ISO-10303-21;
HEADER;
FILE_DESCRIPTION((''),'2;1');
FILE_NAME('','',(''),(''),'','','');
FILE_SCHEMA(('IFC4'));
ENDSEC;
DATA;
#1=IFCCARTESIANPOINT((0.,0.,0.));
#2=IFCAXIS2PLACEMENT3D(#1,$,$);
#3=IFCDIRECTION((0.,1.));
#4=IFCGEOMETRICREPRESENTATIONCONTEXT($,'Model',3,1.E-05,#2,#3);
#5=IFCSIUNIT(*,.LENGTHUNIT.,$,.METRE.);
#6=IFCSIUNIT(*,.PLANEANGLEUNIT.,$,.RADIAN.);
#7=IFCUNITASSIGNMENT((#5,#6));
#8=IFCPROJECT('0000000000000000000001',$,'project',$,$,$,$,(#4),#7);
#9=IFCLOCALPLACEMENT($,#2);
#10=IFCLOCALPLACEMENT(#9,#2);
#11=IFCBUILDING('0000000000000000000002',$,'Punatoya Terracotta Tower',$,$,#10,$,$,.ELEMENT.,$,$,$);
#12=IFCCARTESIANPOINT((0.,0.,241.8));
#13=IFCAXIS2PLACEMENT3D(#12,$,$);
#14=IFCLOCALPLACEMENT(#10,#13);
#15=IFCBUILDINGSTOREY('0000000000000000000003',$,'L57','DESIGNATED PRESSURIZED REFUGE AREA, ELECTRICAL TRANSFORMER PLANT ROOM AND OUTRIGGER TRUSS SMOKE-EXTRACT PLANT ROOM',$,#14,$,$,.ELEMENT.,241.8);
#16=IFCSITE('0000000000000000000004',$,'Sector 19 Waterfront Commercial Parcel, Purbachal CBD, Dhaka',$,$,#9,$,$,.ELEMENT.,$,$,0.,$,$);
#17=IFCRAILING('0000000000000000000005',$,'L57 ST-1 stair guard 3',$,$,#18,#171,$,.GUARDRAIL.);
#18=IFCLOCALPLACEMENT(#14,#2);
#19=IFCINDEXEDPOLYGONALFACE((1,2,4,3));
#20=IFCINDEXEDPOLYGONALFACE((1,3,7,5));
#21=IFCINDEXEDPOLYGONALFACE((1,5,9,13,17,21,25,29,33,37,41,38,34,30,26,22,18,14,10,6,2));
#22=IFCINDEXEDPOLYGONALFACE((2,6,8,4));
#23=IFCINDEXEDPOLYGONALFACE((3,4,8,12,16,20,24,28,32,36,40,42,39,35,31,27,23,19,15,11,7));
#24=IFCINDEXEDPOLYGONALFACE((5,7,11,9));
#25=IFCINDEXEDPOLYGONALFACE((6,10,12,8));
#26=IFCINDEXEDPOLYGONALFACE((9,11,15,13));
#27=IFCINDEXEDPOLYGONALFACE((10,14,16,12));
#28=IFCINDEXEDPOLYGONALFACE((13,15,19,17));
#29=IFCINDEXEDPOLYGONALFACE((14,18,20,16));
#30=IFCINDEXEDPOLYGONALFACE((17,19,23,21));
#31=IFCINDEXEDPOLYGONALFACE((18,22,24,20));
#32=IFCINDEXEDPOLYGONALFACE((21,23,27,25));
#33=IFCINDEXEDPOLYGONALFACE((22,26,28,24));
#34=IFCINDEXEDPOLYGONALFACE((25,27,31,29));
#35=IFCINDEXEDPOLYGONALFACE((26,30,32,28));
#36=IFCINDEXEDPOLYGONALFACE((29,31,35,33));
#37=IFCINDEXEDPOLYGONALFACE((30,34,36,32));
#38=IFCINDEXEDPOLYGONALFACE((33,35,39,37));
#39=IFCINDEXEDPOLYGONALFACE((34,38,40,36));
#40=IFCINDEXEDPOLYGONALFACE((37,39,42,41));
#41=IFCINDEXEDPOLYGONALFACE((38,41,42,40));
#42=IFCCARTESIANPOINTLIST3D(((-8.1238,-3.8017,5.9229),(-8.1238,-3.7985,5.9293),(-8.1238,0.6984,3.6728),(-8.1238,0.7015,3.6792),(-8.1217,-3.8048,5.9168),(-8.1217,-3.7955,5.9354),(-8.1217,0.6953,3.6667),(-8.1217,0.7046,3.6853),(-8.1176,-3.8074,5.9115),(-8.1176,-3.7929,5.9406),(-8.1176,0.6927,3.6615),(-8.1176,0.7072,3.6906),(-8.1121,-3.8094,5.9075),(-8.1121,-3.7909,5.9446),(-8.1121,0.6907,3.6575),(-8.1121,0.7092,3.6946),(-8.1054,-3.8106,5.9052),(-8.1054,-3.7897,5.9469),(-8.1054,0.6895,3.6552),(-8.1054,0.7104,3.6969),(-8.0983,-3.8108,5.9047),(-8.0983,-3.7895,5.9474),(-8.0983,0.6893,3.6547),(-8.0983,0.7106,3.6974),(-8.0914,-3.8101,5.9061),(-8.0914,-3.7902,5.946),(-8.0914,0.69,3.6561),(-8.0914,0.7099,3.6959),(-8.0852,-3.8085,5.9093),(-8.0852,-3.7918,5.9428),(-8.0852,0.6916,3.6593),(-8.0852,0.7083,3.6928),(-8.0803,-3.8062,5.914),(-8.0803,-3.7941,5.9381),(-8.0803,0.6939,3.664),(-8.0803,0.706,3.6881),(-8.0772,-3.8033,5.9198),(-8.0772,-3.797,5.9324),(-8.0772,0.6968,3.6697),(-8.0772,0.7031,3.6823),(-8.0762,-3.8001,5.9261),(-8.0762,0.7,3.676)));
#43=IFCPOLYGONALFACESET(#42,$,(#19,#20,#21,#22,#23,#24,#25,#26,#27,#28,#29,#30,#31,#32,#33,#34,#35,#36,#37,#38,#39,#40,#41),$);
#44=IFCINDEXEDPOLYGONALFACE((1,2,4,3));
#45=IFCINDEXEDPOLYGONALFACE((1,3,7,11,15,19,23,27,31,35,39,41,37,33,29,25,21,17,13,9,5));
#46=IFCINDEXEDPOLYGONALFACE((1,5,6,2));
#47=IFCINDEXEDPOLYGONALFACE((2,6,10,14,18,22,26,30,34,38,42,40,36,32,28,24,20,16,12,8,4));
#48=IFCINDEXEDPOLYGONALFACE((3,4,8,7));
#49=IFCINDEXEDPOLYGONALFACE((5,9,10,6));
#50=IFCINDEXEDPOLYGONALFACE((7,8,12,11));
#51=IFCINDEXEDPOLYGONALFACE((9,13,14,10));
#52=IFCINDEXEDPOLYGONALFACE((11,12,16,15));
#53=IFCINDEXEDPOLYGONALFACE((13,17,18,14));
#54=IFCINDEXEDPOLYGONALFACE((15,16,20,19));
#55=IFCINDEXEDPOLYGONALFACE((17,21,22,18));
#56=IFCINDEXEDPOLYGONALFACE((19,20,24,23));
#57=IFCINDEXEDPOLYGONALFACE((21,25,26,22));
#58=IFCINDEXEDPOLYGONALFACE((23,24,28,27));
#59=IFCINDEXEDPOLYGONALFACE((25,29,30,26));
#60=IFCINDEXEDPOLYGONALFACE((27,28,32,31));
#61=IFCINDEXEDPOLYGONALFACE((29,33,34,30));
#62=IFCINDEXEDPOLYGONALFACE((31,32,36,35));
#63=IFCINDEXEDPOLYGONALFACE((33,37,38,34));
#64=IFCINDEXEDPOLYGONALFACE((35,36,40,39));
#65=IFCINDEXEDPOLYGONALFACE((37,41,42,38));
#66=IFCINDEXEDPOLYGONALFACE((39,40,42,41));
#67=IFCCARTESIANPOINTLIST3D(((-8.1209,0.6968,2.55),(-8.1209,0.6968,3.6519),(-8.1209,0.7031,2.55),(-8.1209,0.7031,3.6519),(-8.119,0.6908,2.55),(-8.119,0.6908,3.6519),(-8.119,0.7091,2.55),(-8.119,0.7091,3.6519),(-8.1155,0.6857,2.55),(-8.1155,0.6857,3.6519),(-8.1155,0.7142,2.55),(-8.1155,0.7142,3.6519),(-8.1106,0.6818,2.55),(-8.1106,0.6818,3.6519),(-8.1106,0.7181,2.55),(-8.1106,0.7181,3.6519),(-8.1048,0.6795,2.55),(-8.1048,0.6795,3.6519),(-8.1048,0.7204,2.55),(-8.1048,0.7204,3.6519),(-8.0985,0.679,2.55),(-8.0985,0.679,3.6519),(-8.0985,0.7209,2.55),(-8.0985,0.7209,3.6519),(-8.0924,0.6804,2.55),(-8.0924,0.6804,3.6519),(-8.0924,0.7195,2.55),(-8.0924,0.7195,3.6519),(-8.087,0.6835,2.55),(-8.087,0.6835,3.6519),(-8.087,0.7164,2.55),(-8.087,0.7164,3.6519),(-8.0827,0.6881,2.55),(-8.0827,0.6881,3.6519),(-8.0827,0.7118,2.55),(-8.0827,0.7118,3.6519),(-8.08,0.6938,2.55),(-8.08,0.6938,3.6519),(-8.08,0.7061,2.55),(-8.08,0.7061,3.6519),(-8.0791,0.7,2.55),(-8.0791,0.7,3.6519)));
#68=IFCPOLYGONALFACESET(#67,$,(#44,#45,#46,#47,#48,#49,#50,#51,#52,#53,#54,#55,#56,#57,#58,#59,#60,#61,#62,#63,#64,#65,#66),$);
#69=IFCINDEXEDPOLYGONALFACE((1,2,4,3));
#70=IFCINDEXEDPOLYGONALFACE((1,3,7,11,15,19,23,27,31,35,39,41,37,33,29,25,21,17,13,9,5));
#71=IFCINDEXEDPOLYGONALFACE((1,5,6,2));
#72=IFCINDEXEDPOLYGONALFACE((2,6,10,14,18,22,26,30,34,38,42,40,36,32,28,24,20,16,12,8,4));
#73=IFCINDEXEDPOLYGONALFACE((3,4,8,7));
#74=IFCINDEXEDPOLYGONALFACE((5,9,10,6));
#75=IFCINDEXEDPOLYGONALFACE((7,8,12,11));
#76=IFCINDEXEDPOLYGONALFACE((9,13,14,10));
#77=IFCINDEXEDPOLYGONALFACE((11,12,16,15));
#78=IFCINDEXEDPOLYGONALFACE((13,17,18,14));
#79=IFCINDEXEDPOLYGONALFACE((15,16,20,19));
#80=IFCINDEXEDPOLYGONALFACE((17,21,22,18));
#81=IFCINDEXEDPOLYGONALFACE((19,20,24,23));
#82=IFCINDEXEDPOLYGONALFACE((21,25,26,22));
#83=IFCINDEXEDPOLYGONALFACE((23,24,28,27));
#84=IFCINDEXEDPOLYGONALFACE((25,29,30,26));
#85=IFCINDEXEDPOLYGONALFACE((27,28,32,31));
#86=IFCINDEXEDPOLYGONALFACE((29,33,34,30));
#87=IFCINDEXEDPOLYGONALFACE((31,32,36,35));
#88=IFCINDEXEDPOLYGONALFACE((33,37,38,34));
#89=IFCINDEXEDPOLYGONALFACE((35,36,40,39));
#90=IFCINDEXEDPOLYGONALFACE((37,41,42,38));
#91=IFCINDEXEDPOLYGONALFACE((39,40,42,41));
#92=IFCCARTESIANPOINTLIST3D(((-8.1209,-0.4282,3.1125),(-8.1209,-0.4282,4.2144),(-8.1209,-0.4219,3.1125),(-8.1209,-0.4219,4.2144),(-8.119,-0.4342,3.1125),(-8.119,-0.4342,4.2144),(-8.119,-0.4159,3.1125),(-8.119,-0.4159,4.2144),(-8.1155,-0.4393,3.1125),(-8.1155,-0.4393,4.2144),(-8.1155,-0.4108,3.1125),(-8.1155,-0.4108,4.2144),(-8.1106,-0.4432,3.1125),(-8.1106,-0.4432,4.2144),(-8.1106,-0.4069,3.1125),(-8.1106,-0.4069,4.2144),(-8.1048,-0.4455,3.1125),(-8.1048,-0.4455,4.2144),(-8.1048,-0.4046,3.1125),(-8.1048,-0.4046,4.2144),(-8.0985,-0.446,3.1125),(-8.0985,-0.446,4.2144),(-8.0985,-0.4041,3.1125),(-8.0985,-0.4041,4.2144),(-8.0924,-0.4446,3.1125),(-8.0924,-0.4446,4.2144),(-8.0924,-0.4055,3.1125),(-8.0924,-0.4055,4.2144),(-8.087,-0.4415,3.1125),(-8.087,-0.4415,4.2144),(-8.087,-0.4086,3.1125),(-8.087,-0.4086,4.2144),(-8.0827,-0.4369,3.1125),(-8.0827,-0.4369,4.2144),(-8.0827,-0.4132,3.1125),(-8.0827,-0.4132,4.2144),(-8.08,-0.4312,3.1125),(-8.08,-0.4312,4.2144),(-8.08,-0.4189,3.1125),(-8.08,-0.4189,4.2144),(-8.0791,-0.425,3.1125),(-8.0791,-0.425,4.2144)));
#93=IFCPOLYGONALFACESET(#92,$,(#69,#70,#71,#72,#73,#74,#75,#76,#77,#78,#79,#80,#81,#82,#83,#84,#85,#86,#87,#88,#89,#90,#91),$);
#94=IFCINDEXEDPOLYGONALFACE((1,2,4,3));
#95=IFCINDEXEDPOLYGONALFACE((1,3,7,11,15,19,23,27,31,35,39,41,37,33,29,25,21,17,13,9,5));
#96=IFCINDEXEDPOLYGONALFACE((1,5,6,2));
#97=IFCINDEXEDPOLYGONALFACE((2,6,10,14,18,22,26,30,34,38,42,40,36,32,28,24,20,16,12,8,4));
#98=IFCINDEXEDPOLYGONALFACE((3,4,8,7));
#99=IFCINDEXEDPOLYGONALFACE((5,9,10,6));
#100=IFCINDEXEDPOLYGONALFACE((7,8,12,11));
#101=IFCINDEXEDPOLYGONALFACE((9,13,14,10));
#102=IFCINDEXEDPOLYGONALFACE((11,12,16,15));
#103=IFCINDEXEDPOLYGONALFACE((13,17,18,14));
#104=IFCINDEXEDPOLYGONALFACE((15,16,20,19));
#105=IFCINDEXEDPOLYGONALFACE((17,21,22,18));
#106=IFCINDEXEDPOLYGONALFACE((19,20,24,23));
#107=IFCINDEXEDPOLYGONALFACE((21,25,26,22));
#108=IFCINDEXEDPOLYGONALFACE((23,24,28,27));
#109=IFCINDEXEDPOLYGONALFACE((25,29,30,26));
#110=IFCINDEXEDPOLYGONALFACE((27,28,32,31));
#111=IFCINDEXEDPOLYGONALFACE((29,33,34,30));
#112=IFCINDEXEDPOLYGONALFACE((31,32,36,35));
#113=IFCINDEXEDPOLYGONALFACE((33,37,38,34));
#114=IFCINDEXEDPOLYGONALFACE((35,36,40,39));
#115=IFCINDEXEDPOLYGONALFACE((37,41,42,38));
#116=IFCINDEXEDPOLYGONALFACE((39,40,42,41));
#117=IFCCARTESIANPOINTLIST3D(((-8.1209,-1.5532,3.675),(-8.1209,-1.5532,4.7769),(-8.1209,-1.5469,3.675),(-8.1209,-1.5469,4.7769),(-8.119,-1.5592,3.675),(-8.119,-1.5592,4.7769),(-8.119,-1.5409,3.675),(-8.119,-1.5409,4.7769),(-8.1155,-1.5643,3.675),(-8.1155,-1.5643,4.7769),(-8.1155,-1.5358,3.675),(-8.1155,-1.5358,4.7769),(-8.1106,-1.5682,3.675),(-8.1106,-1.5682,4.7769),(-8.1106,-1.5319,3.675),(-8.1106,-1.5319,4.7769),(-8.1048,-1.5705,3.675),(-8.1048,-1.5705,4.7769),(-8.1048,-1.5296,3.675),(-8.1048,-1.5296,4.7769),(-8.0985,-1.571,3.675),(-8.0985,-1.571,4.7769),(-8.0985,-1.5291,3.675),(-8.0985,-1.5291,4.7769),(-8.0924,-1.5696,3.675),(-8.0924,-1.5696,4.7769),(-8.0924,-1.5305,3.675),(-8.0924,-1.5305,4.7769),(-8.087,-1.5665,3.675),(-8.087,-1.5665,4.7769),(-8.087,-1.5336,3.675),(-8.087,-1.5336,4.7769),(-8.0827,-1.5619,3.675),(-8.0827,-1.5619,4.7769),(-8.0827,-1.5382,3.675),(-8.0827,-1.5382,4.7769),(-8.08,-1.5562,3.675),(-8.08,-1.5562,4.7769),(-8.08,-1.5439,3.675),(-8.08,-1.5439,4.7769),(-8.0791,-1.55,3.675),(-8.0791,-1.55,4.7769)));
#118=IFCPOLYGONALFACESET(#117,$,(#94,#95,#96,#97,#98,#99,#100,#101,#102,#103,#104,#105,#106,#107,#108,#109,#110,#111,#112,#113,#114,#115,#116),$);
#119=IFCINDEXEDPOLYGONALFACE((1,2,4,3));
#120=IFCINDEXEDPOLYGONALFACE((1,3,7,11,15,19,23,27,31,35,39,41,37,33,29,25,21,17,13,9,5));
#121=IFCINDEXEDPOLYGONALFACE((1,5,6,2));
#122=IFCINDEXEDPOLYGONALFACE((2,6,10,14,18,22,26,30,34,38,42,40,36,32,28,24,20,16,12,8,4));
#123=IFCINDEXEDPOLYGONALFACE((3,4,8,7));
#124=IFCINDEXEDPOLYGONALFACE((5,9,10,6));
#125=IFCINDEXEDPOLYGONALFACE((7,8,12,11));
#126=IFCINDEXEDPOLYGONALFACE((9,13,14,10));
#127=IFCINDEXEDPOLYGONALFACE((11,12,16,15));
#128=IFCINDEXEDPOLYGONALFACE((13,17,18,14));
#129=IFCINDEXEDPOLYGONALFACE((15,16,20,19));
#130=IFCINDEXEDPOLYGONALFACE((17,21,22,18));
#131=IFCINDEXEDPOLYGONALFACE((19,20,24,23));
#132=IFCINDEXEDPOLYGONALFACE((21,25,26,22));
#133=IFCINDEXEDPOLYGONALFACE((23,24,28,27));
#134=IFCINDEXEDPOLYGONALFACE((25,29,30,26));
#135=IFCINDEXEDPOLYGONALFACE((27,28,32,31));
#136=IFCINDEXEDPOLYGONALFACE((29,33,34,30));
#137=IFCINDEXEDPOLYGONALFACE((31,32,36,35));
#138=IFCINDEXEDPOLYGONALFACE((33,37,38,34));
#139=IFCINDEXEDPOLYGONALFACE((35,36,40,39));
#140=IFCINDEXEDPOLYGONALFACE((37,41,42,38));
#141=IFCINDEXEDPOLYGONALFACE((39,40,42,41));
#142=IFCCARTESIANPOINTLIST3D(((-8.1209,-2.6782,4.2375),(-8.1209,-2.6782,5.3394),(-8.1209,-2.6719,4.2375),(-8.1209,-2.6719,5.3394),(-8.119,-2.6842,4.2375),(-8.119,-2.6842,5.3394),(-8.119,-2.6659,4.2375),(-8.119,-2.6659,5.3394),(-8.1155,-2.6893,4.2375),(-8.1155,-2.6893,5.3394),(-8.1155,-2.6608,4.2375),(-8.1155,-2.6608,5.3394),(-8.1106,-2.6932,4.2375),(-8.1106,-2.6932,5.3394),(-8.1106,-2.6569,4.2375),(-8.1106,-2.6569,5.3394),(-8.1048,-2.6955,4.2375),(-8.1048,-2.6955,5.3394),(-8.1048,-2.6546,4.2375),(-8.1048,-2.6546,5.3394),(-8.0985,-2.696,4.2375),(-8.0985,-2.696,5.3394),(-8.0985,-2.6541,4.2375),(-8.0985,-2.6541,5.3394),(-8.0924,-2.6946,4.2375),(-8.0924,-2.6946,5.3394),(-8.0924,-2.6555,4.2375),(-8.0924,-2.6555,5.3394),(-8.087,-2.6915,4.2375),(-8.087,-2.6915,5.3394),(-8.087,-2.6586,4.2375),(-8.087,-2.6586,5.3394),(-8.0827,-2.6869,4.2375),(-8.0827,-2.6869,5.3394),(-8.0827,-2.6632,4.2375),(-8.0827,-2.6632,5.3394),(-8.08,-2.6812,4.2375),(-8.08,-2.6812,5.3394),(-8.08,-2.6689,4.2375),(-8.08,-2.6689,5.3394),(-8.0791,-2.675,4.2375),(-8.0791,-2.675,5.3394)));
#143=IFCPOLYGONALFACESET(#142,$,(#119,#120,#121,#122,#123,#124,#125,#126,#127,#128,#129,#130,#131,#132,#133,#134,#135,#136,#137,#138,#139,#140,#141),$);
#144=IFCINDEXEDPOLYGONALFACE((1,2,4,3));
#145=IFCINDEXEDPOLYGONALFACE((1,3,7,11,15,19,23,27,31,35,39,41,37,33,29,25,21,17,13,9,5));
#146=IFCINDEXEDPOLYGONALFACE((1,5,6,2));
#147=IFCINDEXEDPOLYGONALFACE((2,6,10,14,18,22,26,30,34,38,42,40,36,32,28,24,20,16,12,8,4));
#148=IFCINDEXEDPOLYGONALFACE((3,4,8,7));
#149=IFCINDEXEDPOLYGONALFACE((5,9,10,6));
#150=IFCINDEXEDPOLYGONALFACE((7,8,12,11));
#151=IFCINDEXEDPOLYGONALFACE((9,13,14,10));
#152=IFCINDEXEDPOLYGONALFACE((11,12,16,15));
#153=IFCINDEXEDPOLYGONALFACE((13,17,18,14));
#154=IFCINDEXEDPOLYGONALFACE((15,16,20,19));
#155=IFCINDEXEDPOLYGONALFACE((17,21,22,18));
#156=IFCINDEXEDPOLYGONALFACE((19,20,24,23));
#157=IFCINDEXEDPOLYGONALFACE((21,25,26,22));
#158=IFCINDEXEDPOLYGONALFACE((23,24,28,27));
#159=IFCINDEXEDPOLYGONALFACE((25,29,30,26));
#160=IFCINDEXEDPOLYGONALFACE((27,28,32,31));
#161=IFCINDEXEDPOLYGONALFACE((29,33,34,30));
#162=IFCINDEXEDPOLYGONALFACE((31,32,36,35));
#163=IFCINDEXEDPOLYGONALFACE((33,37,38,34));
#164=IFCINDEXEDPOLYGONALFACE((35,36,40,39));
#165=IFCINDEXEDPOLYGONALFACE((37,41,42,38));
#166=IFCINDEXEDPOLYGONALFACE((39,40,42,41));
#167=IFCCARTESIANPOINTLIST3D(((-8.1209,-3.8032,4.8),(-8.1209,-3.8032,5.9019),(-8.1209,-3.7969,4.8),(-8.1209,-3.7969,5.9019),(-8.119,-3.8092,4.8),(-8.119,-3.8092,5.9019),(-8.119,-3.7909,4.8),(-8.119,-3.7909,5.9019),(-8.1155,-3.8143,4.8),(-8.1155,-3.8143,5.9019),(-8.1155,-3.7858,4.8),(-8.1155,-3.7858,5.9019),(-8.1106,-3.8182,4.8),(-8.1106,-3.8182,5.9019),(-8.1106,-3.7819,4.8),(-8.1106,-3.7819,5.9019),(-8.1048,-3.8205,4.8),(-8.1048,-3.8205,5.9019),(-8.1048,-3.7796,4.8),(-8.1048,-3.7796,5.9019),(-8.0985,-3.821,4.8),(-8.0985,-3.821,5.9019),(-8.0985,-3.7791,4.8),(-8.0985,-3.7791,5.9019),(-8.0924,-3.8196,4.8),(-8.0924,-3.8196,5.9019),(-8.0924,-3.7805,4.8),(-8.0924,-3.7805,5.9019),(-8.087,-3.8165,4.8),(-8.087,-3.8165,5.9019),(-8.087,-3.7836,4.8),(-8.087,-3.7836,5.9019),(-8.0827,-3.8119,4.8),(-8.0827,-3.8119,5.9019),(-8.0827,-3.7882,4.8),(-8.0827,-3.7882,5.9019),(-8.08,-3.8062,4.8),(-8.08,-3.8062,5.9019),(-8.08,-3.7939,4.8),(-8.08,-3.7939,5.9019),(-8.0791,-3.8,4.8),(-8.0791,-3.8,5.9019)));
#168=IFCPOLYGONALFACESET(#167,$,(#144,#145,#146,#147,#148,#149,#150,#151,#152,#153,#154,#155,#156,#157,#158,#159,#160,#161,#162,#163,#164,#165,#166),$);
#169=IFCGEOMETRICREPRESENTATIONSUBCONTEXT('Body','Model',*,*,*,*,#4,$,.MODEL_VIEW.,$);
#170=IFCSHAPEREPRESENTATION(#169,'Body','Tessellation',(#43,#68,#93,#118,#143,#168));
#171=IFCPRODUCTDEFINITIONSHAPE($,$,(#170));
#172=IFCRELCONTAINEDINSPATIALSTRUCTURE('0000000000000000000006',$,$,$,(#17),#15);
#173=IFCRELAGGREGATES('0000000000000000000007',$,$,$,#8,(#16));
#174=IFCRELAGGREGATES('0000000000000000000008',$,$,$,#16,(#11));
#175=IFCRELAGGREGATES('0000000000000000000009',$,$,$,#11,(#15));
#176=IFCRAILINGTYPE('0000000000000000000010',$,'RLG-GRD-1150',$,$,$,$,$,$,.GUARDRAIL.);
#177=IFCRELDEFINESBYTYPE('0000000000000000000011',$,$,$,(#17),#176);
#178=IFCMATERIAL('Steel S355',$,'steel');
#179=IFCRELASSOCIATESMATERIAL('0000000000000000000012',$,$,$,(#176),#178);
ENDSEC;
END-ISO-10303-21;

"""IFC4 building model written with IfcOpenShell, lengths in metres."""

from ifc_helpers import new_model, si_unit, direction, frame, origin, origin_2d, place, context, subcontext, project, spatial, circle, extrude, material, type_object, element, save


model = new_model("IFC4")

# Units and contexts
model_context = context("Model", 3, precision=1e-05, world=origin(), true_north=direction((0.0, 1.0)))
body_context = subcontext(model_context, "Body", "Model", "MODEL_VIEW")
ifc_project = project(units=[si_unit("LENGTHUNIT", "METRE"), si_unit("PLANEANGLEUNIT", "RADIAN")], contexts=[model_context])

# Site, building, storey
site_placement = place(None, origin())
site = spatial("IfcSite", under=ifc_project, at=site_placement, Name="Sector 19 Waterfront Commercial Parcel, Purbachal CBD, Dhaka", CompositionType="ELEMENT", RefElevation=0.0)
building_placement = place(site_placement, origin())
building = spatial("IfcBuilding", under=site, at=building_placement, Name="Punatoya Terracotta Tower", CompositionType="ELEMENT")
storey_placement = place(building_placement, frame((0.0, 0.0, 241.8)))
storey = spatial("IfcBuildingStorey", under=building, at=storey_placement, Name="L57", Description="DESIGNATED PRESSURIZED REFUGE AREA, ELECTRICAL TRANSFORMER PLANT ROOM AND OUTRIGGER TRUSS SMOKE-EXTRACT PLANT ROOM", CompositionType="ELEMENT", Elevation=241.8)

# Shared definitions
ifc_material_1 = material(Name="Steel S355", Category="steel")

# Railing
railing_type_1 = type_object("IfcRailingType", Name="RLG-GRD-1150", PredefinedType="GUARDRAIL", material=ifc_material_1)
railing_1_placement = place(storey_placement, frame((-8.1001, 0.7, 2.55)))
element("IfcRailing", 1, at=railing_1_placement, inside=storey, type_object=railing_type_1, Name="L57 ST-1 stair guard 3", PredefinedType="GUARDRAIL", context=body_context, shape_type="SweptSolid", body=[
    extrude(circle(Radius=0.0239, at=origin_2d()), frame((0.0, 0.0, 1.126), z_axis=(0.0, -0.894427, 0.447214), x_axis=(1.0, 0.0, 0.0)), (0.0, 0.0, 1.0), 5.0312),
    extrude(circle(Radius=0.021, at=origin_2d()), origin(), (0.0, 0.0, 1.0), 1.1018),
    extrude(circle(Radius=0.021, at=origin_2d()), frame((0.0, -1.125, 0.5625)), (0.0, 0.0, 1.0), 1.1018),
    extrude(circle(Radius=0.021, at=origin_2d()), frame((0.0, -2.25, 1.125)), (0.0, 0.0, 1.0), 1.1018),
    extrude(circle(Radius=0.021, at=origin_2d()), frame((0.0, -3.375, 1.6875)), (0.0, 0.0, 1.0), 1.1018),
    extrude(circle(Radius=0.021, at=origin_2d()), frame((0.0, -4.5, 2.25)), (0.0, 0.0, 1.0), 1.1018),
])

save(model, "model.ifc")
